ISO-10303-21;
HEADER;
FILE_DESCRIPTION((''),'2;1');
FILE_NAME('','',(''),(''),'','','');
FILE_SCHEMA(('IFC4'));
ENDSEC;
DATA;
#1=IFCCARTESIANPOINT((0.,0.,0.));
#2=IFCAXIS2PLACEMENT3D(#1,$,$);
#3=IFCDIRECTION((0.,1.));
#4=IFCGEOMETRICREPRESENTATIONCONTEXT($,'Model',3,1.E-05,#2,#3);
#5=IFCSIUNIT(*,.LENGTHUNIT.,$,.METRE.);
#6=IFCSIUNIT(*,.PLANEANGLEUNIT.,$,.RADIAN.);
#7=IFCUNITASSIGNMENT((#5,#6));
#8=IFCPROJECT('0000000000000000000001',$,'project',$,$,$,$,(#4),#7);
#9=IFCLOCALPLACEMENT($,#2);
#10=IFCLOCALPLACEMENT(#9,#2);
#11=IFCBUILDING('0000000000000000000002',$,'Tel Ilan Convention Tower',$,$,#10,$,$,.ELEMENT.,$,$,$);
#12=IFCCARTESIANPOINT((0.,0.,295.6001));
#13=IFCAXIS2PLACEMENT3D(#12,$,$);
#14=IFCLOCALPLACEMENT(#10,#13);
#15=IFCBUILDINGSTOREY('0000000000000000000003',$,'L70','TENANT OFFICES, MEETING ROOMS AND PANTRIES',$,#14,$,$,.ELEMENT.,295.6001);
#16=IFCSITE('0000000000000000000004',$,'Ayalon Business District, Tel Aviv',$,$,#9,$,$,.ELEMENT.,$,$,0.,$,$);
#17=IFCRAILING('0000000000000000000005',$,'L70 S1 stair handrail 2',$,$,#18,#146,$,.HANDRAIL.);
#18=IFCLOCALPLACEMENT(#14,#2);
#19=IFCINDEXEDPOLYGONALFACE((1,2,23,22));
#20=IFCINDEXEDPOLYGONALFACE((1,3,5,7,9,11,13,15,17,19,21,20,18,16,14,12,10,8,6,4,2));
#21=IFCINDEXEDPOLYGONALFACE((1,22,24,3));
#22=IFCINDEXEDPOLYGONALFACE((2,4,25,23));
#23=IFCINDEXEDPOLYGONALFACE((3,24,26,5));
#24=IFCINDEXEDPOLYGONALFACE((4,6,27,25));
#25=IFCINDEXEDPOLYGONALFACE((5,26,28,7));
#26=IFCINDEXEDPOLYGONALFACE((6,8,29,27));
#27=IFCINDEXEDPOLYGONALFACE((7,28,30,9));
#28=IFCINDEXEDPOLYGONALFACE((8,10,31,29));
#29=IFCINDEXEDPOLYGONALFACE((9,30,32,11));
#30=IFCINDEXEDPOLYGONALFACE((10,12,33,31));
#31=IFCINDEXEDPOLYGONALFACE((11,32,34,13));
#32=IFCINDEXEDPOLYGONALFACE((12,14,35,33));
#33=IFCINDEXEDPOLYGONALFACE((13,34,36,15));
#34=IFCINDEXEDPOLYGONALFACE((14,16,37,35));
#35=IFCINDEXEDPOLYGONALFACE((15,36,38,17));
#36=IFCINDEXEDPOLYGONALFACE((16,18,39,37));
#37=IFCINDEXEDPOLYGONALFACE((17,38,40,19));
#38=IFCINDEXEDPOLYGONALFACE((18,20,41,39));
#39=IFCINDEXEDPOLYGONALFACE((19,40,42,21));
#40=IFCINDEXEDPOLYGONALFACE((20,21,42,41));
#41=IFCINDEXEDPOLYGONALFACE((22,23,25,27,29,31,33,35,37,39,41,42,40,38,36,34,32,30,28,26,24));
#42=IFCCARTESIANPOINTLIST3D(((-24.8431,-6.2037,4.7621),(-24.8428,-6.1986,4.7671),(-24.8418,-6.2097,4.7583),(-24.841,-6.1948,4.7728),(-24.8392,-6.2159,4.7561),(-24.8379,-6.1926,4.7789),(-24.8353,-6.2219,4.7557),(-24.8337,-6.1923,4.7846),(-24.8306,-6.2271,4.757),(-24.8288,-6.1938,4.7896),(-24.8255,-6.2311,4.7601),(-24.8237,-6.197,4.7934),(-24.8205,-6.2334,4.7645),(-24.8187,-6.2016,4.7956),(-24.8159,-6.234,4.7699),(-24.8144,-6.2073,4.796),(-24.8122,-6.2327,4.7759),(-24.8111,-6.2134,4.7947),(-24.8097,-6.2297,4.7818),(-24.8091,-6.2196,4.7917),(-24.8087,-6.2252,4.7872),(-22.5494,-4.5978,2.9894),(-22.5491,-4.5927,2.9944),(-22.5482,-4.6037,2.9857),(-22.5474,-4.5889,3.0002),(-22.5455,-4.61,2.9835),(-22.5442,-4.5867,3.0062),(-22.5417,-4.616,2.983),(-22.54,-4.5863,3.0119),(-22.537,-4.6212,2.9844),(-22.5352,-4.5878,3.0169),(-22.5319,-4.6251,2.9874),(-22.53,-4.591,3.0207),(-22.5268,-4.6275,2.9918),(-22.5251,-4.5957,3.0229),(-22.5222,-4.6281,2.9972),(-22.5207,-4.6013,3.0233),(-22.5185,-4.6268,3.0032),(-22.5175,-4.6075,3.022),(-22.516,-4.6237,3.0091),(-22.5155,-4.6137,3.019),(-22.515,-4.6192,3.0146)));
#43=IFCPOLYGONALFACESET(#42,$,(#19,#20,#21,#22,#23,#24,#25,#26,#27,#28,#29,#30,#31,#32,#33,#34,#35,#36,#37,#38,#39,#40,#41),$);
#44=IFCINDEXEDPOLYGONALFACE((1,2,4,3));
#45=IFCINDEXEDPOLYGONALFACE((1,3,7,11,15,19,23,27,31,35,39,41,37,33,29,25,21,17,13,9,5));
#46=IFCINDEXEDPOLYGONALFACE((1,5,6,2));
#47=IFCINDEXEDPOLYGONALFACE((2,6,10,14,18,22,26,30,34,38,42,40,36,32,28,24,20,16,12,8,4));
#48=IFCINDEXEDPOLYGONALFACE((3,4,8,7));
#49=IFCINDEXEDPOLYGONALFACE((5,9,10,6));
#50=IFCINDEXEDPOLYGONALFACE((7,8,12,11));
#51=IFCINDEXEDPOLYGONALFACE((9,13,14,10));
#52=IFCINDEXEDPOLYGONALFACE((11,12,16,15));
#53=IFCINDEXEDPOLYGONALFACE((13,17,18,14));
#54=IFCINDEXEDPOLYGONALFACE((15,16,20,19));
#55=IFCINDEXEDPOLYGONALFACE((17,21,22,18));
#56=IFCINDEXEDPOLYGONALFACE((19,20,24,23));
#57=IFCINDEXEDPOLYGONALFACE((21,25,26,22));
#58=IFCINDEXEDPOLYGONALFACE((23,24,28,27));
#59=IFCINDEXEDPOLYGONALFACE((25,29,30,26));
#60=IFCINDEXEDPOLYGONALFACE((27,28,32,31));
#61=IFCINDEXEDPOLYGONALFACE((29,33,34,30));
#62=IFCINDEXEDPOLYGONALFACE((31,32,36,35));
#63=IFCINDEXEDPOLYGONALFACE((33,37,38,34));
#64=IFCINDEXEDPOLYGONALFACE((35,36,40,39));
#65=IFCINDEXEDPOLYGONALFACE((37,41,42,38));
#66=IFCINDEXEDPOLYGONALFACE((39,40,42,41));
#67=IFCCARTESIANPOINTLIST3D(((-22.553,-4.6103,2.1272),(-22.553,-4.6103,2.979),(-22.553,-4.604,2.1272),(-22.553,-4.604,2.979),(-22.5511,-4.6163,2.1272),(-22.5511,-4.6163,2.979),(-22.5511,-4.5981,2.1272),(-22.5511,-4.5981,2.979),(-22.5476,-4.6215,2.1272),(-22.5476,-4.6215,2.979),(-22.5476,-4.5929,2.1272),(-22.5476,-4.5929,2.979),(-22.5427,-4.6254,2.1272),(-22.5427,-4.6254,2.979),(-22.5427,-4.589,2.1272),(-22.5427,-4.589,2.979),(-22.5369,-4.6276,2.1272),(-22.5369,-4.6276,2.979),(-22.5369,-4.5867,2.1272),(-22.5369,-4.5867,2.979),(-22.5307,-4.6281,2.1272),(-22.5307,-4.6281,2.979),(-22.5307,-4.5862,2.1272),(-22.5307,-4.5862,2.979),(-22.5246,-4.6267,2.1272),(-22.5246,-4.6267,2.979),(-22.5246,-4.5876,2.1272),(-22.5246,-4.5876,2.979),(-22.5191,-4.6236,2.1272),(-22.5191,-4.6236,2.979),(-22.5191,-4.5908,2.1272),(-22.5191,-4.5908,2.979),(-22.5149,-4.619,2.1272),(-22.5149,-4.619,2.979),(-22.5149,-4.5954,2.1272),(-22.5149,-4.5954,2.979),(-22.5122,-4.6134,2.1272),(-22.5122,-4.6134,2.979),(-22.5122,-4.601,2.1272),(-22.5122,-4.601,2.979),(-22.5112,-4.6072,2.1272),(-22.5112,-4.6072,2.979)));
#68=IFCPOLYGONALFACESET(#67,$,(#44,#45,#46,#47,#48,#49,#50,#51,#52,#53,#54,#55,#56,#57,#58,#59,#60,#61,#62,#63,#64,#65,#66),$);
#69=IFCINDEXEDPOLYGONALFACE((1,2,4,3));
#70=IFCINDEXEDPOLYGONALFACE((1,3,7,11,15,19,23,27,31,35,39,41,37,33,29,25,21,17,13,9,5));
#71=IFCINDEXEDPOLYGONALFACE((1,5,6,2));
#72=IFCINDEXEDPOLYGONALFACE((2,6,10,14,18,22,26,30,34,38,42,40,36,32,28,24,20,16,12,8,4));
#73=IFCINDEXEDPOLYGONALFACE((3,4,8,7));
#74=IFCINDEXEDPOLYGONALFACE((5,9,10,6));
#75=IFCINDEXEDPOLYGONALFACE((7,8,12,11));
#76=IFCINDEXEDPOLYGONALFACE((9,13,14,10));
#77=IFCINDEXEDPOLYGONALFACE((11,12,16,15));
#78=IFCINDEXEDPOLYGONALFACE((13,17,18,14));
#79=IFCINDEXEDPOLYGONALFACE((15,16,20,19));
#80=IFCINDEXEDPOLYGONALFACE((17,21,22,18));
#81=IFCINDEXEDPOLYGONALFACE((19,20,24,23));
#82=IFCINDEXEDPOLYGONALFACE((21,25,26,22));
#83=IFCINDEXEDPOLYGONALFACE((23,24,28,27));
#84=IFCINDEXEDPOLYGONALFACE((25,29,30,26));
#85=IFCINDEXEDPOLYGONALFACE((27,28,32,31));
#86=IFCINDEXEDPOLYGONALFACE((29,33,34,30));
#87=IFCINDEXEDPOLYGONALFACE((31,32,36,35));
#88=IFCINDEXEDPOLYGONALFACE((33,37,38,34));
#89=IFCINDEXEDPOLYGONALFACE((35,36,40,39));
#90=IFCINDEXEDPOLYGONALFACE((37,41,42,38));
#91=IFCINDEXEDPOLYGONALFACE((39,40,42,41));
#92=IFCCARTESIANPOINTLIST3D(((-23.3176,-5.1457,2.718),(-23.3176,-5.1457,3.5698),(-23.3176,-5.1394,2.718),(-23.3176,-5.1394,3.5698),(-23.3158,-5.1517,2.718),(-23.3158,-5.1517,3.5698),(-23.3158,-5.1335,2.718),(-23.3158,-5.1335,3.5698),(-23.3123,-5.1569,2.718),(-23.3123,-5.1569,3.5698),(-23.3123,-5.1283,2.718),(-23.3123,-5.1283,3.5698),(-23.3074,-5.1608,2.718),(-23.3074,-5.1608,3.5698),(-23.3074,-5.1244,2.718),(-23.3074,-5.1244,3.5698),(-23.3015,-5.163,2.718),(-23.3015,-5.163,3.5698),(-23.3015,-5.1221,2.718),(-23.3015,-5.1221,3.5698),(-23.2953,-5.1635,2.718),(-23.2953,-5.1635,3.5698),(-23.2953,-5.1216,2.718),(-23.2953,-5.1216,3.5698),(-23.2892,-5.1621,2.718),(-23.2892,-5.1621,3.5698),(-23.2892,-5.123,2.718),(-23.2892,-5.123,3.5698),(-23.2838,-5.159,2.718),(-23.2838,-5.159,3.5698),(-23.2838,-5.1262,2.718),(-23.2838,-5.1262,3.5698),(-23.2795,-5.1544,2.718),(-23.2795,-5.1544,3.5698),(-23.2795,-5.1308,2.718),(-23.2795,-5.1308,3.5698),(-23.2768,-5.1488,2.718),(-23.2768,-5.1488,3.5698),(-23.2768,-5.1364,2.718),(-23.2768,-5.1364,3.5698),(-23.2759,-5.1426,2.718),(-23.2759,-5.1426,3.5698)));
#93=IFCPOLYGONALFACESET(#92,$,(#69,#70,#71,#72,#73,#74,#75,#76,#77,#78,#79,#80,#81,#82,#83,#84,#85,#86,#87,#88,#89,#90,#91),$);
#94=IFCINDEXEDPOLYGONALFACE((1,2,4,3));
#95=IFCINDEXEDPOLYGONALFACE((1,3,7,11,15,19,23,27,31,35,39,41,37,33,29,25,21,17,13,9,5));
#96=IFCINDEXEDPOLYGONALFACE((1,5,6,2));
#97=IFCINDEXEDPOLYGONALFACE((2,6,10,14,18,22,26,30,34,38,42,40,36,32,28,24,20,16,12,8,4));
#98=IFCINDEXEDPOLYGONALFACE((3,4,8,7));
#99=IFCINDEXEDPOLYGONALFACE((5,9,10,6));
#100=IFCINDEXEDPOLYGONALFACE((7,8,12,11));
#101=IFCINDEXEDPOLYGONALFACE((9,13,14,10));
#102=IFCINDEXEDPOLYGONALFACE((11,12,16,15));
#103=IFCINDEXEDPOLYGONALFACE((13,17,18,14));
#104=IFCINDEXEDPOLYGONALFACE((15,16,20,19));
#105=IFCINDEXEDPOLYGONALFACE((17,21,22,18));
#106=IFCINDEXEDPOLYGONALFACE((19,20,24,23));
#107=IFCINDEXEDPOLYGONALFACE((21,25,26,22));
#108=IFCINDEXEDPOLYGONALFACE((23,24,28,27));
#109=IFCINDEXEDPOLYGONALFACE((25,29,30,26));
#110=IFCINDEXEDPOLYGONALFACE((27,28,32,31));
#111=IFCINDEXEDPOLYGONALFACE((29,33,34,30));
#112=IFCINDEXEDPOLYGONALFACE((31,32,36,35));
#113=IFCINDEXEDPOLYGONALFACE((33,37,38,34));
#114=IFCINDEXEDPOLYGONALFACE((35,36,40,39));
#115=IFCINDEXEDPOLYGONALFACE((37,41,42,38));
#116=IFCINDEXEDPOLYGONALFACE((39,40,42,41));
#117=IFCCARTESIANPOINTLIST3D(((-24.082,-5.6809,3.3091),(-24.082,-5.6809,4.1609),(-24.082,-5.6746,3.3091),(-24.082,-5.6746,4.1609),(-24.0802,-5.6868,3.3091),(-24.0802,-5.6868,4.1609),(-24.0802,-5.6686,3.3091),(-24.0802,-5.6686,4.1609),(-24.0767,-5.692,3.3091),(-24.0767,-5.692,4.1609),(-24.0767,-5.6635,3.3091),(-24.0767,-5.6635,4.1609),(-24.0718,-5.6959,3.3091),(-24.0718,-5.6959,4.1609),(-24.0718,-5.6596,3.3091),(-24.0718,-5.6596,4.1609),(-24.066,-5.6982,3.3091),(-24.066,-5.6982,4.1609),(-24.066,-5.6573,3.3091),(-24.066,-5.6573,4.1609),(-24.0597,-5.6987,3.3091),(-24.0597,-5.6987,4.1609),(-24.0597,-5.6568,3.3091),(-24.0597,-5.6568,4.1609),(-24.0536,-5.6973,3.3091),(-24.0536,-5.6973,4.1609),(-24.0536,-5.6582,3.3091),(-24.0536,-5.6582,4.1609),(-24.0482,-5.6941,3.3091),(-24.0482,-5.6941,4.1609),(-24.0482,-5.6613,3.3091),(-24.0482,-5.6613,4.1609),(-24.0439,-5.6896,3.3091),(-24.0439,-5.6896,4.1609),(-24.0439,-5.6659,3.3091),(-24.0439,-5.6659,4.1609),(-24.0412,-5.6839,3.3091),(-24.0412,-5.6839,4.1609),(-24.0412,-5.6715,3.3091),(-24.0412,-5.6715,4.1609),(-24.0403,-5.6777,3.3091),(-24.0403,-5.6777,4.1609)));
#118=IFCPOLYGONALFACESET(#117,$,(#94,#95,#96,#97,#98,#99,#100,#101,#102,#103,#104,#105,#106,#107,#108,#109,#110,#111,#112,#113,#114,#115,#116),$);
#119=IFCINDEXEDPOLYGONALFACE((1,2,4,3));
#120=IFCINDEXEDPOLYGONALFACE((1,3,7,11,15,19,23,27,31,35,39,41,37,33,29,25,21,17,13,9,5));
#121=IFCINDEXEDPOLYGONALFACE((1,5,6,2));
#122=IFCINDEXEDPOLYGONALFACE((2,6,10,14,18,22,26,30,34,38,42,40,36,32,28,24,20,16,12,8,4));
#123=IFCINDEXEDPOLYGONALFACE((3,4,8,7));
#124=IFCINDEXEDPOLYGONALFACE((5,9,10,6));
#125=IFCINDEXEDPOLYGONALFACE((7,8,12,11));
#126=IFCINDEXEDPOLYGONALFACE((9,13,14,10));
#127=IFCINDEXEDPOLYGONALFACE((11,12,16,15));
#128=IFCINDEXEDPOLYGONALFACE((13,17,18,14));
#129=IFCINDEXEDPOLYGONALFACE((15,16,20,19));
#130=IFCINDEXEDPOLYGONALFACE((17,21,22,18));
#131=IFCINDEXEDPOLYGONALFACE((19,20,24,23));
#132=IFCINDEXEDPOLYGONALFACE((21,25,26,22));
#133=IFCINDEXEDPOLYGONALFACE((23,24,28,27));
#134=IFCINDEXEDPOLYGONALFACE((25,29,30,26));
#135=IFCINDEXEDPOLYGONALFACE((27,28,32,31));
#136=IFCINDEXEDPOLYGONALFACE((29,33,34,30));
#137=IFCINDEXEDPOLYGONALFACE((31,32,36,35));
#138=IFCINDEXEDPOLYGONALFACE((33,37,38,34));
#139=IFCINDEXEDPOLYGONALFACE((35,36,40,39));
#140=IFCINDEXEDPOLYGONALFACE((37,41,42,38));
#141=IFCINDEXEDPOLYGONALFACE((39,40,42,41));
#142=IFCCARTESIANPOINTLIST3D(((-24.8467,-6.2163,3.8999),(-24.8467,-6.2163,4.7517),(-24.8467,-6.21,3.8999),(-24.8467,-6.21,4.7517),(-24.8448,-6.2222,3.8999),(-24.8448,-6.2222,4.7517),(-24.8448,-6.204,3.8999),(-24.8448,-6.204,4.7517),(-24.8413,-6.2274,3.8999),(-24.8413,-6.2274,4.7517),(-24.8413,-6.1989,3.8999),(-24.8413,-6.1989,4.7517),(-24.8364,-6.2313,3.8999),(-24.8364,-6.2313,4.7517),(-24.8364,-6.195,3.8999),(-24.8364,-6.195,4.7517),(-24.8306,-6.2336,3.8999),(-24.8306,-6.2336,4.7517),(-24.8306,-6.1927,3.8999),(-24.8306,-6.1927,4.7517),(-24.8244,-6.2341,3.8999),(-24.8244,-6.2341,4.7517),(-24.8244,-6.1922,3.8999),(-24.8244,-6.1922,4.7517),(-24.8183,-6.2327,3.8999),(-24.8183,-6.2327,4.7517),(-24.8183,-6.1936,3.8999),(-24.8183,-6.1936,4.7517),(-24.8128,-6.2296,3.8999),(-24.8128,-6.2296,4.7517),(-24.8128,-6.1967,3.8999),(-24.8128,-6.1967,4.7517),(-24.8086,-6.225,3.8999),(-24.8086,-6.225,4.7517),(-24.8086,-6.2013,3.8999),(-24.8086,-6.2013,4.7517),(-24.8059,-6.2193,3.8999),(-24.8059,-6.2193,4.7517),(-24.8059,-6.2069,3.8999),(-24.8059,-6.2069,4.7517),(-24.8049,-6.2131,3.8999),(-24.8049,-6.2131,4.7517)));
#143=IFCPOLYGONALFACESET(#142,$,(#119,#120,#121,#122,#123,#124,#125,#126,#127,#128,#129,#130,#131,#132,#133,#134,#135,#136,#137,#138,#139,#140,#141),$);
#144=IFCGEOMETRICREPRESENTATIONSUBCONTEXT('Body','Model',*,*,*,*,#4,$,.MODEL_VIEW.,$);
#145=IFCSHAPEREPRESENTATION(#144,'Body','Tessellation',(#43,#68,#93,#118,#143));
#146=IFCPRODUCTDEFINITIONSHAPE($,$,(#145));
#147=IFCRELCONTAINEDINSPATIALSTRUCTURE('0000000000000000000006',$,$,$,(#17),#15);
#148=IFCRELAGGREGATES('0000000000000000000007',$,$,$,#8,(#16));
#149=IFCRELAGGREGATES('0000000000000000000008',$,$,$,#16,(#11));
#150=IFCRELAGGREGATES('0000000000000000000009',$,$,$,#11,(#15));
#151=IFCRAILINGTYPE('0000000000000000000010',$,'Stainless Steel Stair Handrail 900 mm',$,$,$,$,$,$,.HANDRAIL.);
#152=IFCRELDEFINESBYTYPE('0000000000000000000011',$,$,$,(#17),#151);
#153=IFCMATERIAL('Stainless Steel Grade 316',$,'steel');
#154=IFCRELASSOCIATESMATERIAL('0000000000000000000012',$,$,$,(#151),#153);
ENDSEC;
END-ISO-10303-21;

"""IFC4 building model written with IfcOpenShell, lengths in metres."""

from ifc_helpers import new_model, si_unit, direction, frame, origin, origin_2d, place, context, subcontext, project, spatial, circle, extrude, material, type_object, element, save


model = new_model("IFC4")

# Units and contexts
model_context = context("Model", 3, precision=1e-05, world=origin(), true_north=direction((0.0, 1.0)))
body_context = subcontext(model_context, "Body", "Model", "MODEL_VIEW")
ifc_project = project(units=[si_unit("LENGTHUNIT", "METRE"), si_unit("PLANEANGLEUNIT", "RADIAN")], contexts=[model_context])

# Site, building, storey
site_placement = place(None, origin())
site = spatial("IfcSite", under=ifc_project, at=site_placement, Name="Ayalon Business District, Tel Aviv", CompositionType="ELEMENT", RefElevation=0.0)
building_placement = place(site_placement, origin())
building = spatial("IfcBuilding", under=site, at=building_placement, Name="Tel Ilan Convention Tower", CompositionType="ELEMENT")
storey_placement = place(building_placement, frame((0.0, 0.0, 295.6001)))
storey = spatial("IfcBuildingStorey", under=building, at=storey_placement, Name="L70", Description="TENANT OFFICES, MEETING ROOMS AND PANTRIES", CompositionType="ELEMENT", Elevation=295.6001)

# Railing
ifc_material_1 = material(Name="Stainless Steel Grade 316", Category="steel")
railing_type_1 = type_object("IfcRailingType", Name="Stainless Steel Stair Handrail 900 mm", PredefinedType="HANDRAIL", material=ifc_material_1)
railing_1_placement = place(storey_placement, frame((-22.5322, -4.6072, 2.1272)))
element("IfcRailing", 1, at=railing_1_placement, inside=storey, type_object=railing_type_1, Name="L70 S1 stair handrail 2", PredefinedType="HANDRAIL", context=body_context, shape_type="SweptSolid", body=[
    extrude(circle(Radius=0.0239, at=origin_2d()), frame((0.0, 0.0, 0.876), z_axis=(-0.692123, -0.484597, 0.534913), x_axis=(0.57355, -0.81917, 0.0)), (0.0, 0.0, 1.0), 3.314),
    extrude(circle(Radius=0.021, at=origin_2d()), origin(), (0.0, 0.0, 1.0), 0.8518),
    extrude(circle(Radius=0.021, at=origin_2d()), frame((-0.7646, -0.5354, 0.5908)), (0.0, 0.0, 1.0), 0.8518),
    extrude(circle(Radius=0.021, at=origin_2d()), frame((-1.5291, -1.0706, 1.1819)), (0.0, 0.0, 1.0), 0.8518),
    extrude(circle(Radius=0.021, at=origin_2d()), frame((-2.2937, -1.606, 1.7727)), (0.0, 0.0, 1.0), 0.8518),
])

save(model, "model.ifc")
